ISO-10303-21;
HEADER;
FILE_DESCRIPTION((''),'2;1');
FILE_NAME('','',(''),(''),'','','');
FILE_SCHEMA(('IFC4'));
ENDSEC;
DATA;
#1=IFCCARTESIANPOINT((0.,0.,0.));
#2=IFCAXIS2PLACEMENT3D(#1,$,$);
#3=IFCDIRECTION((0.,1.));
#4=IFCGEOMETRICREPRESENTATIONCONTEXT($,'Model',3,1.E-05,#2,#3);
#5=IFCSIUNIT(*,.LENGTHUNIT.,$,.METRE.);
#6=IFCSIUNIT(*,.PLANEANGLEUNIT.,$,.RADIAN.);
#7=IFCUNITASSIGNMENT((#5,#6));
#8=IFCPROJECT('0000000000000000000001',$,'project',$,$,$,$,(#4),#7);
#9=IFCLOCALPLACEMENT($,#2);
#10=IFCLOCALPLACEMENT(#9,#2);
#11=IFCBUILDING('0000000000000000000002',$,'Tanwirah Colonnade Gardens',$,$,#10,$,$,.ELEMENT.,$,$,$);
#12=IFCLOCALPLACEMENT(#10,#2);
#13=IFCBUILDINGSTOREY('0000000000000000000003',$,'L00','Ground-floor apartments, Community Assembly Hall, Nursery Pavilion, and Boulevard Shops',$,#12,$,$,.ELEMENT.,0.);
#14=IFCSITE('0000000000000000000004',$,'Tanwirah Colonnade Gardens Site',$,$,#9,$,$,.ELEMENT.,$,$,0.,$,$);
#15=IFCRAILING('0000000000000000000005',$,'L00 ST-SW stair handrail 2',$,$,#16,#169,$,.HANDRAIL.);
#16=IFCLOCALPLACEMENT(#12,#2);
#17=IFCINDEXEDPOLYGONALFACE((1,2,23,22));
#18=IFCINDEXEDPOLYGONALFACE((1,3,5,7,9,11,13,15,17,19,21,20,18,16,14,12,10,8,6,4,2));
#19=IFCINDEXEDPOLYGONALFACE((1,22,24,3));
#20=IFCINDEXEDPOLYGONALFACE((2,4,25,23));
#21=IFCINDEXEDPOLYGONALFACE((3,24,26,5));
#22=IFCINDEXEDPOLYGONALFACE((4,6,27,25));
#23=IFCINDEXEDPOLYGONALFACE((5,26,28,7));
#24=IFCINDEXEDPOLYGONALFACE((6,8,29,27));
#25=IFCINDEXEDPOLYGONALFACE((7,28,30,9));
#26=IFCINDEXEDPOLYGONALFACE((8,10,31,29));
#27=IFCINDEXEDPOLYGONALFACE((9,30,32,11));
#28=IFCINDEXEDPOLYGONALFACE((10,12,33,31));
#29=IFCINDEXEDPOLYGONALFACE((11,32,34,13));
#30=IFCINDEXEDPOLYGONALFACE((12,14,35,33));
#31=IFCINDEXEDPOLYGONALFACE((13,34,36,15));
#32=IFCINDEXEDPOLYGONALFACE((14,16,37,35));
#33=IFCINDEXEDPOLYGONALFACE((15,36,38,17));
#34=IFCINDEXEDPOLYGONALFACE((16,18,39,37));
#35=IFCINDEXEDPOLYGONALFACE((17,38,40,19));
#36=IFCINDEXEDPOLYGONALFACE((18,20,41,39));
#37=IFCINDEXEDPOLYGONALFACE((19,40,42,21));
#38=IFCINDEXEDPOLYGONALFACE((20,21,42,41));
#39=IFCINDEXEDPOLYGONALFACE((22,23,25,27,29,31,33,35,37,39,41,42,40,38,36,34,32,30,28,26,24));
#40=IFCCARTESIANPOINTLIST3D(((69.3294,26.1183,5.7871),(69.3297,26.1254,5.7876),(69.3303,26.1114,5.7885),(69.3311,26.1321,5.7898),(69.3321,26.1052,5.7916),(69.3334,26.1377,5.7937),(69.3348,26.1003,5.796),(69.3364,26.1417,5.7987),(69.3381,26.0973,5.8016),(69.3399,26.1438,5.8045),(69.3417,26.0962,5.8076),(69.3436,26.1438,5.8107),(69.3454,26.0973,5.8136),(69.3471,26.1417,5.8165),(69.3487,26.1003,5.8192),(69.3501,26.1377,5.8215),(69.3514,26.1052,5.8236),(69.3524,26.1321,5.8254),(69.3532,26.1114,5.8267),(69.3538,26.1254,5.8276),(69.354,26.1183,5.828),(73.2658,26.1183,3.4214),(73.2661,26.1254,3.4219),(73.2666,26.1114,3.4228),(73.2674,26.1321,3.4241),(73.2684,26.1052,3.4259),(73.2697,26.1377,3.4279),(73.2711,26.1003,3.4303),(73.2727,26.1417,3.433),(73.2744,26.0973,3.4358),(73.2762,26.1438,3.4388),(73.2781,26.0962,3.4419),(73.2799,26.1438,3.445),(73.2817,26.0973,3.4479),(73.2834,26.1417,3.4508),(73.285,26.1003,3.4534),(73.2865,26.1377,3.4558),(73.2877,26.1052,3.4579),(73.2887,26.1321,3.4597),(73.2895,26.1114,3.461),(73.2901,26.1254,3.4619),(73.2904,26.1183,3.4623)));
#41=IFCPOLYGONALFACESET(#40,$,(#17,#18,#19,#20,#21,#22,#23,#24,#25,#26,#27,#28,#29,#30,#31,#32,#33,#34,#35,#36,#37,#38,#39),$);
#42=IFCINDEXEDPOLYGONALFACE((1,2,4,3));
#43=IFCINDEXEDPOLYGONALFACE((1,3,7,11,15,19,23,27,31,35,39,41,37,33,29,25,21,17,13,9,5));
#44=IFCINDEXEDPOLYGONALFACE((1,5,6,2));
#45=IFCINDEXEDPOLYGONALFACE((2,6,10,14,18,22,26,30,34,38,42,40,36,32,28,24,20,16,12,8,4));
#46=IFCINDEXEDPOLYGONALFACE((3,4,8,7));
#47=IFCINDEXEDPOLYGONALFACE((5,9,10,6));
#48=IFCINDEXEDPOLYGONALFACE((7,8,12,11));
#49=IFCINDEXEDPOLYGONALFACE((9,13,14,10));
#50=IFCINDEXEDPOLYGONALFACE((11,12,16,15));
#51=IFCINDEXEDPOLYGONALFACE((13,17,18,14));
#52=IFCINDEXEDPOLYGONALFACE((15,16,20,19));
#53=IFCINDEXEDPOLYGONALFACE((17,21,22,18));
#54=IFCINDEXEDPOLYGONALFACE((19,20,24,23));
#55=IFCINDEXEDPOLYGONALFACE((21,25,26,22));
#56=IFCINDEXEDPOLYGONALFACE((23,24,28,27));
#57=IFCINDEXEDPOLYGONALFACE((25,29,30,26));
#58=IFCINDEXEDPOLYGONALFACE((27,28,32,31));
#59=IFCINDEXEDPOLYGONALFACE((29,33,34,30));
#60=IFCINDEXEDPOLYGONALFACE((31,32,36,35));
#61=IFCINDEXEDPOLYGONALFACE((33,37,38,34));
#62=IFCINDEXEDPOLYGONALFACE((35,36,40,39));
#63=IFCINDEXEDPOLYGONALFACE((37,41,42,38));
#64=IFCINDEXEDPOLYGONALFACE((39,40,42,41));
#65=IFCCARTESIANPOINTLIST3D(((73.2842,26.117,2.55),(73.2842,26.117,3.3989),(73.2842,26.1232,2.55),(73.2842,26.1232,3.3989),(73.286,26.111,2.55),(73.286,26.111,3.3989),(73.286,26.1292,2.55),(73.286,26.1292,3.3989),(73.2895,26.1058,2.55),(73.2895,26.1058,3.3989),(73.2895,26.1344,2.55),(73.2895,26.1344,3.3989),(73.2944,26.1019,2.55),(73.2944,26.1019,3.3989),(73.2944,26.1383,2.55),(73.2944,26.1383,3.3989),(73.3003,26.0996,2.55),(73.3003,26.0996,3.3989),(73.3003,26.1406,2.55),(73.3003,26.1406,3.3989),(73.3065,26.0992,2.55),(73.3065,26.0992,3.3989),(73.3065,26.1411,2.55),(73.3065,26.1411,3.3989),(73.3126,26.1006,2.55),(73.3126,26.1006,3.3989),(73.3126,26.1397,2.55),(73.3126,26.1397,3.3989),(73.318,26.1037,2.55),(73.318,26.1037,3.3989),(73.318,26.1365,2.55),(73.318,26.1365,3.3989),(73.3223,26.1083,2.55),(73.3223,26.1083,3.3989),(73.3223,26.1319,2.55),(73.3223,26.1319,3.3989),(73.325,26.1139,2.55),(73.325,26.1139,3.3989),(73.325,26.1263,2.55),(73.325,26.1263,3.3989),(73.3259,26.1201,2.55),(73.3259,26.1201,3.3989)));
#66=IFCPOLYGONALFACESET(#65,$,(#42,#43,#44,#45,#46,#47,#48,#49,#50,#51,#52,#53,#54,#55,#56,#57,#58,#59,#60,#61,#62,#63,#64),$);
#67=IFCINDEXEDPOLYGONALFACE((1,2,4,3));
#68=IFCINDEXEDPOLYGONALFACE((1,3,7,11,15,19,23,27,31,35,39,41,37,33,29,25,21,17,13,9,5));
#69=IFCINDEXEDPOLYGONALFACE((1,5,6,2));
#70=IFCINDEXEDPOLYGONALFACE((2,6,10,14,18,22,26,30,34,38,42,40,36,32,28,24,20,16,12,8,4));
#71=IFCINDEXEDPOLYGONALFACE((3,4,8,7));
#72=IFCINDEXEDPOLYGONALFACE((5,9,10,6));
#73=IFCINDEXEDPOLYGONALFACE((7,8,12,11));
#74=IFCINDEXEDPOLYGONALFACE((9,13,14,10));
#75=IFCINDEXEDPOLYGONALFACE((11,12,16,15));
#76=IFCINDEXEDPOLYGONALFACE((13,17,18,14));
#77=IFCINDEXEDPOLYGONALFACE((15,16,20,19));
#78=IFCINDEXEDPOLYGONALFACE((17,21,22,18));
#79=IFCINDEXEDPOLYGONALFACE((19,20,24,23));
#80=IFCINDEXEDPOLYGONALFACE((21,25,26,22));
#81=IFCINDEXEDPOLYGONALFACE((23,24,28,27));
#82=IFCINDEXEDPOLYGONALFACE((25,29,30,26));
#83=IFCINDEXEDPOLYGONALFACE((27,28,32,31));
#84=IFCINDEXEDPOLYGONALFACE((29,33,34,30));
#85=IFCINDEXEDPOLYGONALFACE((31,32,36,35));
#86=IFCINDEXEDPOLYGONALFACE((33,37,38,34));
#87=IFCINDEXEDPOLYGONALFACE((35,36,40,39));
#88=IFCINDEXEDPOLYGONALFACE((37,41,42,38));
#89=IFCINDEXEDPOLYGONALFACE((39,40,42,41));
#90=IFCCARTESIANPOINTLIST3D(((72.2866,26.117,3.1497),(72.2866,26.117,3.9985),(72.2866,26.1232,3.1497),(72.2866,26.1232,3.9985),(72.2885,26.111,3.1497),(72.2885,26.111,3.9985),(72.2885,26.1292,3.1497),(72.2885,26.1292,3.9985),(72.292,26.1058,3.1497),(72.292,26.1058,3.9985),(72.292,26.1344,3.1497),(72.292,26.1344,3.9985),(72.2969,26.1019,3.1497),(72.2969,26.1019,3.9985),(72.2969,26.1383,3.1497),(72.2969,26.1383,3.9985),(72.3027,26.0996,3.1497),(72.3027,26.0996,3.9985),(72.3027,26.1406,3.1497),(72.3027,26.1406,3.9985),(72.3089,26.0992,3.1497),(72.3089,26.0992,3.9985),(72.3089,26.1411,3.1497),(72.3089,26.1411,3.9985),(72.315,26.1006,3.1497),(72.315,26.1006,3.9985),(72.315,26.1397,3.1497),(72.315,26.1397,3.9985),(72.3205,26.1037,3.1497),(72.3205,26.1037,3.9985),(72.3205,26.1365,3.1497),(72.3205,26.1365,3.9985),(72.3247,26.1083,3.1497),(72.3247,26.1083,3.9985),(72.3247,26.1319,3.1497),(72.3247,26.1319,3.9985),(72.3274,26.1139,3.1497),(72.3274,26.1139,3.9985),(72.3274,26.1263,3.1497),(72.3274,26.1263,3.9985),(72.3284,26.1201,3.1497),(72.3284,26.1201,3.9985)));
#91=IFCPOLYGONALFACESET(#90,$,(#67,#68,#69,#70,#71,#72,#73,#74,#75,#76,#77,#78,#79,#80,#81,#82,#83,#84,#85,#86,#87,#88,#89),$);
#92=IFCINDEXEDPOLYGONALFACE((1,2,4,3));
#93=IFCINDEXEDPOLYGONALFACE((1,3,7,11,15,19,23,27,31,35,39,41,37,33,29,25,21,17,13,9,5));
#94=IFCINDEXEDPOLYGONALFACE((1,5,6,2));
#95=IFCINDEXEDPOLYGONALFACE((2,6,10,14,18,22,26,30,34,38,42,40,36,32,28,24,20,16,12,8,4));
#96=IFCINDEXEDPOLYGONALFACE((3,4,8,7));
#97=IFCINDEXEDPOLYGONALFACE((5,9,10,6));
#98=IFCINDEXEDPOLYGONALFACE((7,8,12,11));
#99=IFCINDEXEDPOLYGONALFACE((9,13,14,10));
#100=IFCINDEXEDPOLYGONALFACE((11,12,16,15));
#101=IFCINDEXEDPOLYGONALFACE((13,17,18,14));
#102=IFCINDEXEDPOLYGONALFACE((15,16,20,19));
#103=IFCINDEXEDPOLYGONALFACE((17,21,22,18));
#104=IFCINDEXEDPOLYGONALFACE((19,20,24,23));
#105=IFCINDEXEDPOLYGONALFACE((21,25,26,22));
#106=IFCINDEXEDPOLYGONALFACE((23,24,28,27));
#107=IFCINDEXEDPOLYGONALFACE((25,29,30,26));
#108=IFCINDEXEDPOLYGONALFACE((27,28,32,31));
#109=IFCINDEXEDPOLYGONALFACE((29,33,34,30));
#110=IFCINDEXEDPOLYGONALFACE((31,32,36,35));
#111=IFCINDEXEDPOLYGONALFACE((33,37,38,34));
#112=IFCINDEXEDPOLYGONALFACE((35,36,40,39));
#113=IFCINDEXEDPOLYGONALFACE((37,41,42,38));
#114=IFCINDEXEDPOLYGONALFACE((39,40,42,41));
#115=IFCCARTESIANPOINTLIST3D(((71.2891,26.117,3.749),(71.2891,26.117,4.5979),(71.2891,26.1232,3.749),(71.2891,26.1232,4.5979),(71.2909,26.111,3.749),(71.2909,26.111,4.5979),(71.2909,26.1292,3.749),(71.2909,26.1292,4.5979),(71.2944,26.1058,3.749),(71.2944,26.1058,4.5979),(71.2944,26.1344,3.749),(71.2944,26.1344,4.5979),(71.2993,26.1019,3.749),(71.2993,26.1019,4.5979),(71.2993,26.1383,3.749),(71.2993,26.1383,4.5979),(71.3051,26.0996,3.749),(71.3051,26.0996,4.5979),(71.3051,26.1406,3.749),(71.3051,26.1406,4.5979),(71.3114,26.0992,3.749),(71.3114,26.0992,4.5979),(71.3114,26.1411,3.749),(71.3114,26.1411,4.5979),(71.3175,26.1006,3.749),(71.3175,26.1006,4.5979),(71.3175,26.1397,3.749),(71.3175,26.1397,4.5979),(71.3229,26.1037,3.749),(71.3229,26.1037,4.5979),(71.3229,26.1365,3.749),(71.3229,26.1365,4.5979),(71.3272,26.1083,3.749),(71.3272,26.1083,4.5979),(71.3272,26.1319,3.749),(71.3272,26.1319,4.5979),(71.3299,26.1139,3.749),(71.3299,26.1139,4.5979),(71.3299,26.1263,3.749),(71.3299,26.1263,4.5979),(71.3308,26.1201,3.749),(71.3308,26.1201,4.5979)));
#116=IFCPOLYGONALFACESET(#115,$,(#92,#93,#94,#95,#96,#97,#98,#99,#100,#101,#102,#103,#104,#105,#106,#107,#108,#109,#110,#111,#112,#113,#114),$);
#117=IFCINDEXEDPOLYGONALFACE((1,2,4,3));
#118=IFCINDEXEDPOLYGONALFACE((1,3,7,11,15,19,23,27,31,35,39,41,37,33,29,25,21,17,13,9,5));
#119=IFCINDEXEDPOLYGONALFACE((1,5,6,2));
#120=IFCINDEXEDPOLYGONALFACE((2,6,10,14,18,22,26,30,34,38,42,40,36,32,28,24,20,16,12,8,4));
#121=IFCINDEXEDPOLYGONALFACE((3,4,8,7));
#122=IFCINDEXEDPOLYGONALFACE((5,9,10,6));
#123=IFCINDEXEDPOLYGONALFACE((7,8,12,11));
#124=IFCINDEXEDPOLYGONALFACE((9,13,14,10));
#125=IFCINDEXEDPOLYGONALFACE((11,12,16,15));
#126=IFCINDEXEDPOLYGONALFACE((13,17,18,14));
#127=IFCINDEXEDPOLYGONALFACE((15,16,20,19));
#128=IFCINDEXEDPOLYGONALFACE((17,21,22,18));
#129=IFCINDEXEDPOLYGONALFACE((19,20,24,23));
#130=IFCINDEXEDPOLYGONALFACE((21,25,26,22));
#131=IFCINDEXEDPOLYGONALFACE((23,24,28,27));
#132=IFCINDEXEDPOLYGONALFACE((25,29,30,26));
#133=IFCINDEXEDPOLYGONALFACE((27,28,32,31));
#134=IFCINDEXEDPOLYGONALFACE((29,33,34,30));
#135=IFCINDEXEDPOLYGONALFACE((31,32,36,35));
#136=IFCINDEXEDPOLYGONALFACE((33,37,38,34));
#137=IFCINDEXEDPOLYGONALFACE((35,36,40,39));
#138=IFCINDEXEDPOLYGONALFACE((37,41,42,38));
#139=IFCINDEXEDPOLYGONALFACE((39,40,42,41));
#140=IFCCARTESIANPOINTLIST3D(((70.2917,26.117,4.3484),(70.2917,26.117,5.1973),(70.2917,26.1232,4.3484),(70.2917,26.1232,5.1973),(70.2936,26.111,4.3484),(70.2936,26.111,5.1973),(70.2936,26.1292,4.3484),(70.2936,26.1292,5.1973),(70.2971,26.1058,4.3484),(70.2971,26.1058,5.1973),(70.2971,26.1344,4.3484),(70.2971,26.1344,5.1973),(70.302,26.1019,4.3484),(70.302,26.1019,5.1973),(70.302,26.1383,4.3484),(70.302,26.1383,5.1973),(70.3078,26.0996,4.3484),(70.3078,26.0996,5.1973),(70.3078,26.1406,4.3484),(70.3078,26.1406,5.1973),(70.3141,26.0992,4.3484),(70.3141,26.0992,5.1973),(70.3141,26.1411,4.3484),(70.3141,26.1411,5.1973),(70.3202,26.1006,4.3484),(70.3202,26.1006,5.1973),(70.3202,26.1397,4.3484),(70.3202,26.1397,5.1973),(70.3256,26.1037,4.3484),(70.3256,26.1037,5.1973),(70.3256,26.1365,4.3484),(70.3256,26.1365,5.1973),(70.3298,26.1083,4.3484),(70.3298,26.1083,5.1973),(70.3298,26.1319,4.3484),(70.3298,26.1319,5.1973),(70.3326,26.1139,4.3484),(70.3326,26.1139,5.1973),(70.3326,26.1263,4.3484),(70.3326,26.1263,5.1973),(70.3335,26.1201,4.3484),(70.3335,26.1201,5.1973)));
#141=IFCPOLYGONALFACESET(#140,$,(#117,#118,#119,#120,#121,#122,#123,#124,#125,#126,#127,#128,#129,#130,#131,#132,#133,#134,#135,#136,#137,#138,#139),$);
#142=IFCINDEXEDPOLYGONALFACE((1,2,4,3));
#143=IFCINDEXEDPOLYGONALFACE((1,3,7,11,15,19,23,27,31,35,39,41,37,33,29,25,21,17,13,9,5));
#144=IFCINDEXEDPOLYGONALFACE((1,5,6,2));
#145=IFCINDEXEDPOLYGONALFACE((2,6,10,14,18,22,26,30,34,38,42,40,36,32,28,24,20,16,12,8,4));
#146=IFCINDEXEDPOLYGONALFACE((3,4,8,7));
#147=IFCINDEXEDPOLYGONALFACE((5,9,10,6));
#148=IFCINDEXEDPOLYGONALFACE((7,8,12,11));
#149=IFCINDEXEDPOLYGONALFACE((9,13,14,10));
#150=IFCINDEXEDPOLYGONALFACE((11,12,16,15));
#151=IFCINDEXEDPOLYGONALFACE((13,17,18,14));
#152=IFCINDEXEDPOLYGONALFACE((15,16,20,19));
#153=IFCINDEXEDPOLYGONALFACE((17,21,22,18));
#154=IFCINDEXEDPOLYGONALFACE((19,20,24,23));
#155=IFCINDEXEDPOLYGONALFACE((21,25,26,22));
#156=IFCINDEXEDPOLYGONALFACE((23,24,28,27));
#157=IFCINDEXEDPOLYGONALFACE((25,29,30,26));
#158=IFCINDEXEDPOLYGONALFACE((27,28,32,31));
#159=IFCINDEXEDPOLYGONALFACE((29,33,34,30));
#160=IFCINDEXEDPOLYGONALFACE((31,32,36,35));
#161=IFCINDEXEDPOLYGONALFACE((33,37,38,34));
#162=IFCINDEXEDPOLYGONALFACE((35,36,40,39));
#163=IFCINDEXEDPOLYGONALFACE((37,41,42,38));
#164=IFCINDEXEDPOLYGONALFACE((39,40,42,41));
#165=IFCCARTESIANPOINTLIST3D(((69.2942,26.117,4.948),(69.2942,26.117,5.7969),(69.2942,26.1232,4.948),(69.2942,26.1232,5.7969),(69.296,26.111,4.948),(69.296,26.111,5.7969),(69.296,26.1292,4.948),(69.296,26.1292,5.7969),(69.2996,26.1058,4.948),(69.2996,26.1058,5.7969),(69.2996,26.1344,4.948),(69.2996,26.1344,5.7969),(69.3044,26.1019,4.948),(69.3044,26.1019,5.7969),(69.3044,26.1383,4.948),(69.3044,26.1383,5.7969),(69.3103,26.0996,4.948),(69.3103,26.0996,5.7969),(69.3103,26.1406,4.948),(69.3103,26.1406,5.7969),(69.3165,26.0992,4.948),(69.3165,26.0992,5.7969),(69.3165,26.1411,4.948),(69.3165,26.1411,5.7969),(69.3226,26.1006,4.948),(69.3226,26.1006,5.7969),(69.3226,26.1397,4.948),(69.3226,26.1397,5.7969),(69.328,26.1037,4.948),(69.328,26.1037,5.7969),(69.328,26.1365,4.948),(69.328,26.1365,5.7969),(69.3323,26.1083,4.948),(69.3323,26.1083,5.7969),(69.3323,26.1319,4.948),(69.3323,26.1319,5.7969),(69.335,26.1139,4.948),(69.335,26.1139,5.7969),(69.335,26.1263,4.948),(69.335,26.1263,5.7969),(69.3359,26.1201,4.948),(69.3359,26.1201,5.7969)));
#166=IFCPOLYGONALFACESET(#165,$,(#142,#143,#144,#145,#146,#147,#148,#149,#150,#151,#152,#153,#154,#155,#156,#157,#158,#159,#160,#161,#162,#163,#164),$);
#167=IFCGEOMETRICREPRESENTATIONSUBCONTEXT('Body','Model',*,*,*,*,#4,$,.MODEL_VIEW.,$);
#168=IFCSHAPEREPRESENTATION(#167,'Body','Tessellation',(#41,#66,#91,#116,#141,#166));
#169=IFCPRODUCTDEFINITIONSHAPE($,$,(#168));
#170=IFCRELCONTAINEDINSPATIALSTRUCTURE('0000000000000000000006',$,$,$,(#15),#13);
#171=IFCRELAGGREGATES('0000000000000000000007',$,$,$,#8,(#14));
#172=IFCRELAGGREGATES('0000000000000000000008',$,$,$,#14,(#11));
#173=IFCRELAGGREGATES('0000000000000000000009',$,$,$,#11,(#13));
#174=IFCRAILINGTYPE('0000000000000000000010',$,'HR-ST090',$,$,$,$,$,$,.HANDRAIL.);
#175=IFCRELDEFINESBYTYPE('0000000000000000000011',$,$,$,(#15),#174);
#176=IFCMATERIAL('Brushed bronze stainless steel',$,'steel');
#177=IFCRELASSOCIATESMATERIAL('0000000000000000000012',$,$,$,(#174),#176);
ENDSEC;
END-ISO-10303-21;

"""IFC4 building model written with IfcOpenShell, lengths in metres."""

from ifc_helpers import new_model, si_unit, direction, frame, origin, origin_2d, place, context, subcontext, project, spatial, circle, extrude, material, type_object, element, save


model = new_model("IFC4")

# Units and contexts
model_context = context("Model", 3, precision=1e-05, world=origin(), true_north=direction((0.0, 1.0)))
body_context = subcontext(model_context, "Body", "Model", "MODEL_VIEW")
ifc_project = project(units=[si_unit("LENGTHUNIT", "METRE"), si_unit("PLANEANGLEUNIT", "RADIAN")], contexts=[model_context])

# Site, building, storey
site_placement = place(None, origin())
site = spatial("IfcSite", under=ifc_project, at=site_placement, Name="Tanwirah Colonnade Gardens Site", CompositionType="ELEMENT", RefElevation=0.0)
building_placement = place(site_placement, origin())
building = spatial("IfcBuilding", under=site, at=building_placement, Name="Tanwirah Colonnade Gardens", CompositionType="ELEMENT")
storey_placement = place(building_placement, origin())
storey = spatial("IfcBuildingStorey", under=building, at=storey_placement, Name="L00", Description="Ground-floor apartments, Community Assembly Hall, Nursery Pavilion, and Boulevard Shops", CompositionType="ELEMENT", Elevation=0.0)

# Railing
ifc_material_1 = material(Name="Brushed bronze stainless steel", Category="steel")
railing_type_1 = type_object("IfcRailingType", Name="HR-ST090", PredefinedType="HANDRAIL", material=ifc_material_1)
railing_1_placement = place(storey_placement, frame((73.3049, 26.1201, 2.55)))
element("IfcRailing", 1, at=railing_1_placement, inside=storey, type_object=railing_type_1, Name="L00 ST-SW stair handrail 2", PredefinedType="HANDRAIL", context=body_context, shape_type="SweptSolid", body=[
    extrude(circle(Radius=0.0239, at=origin_2d()), frame((-0.0269, 0.0, 0.8918), z_axis=(-0.857118, 0.0, 0.51512), x_axis=(0.0, -1.0, 0.0)), (0.0, 0.0, 1.0), 4.5925),
    extrude(circle(Radius=0.021, at=origin_2d()), origin(), (0.0, 0.0, 1.0), 0.8489),
    extrude(circle(Radius=0.021, at=origin_2d()), frame((-0.9976, 0.0, 0.5996)), (0.0, 0.0, 1.0), 0.8489),
    extrude(circle(Radius=0.021, at=origin_2d()), frame((-1.9951, 0.0, 1.199)), (0.0, 0.0, 1.0), 0.8489),
    extrude(circle(Radius=0.021, at=origin_2d()), frame((-2.9924, 0.0, 1.7983)), (0.0, 0.0, 1.0), 0.8489),
    extrude(circle(Radius=0.021, at=origin_2d()), frame((-3.99, 0.0, 2.3979)), (0.0, 0.0, 1.0), 0.8489),
])

save(model, "model.ifc")
